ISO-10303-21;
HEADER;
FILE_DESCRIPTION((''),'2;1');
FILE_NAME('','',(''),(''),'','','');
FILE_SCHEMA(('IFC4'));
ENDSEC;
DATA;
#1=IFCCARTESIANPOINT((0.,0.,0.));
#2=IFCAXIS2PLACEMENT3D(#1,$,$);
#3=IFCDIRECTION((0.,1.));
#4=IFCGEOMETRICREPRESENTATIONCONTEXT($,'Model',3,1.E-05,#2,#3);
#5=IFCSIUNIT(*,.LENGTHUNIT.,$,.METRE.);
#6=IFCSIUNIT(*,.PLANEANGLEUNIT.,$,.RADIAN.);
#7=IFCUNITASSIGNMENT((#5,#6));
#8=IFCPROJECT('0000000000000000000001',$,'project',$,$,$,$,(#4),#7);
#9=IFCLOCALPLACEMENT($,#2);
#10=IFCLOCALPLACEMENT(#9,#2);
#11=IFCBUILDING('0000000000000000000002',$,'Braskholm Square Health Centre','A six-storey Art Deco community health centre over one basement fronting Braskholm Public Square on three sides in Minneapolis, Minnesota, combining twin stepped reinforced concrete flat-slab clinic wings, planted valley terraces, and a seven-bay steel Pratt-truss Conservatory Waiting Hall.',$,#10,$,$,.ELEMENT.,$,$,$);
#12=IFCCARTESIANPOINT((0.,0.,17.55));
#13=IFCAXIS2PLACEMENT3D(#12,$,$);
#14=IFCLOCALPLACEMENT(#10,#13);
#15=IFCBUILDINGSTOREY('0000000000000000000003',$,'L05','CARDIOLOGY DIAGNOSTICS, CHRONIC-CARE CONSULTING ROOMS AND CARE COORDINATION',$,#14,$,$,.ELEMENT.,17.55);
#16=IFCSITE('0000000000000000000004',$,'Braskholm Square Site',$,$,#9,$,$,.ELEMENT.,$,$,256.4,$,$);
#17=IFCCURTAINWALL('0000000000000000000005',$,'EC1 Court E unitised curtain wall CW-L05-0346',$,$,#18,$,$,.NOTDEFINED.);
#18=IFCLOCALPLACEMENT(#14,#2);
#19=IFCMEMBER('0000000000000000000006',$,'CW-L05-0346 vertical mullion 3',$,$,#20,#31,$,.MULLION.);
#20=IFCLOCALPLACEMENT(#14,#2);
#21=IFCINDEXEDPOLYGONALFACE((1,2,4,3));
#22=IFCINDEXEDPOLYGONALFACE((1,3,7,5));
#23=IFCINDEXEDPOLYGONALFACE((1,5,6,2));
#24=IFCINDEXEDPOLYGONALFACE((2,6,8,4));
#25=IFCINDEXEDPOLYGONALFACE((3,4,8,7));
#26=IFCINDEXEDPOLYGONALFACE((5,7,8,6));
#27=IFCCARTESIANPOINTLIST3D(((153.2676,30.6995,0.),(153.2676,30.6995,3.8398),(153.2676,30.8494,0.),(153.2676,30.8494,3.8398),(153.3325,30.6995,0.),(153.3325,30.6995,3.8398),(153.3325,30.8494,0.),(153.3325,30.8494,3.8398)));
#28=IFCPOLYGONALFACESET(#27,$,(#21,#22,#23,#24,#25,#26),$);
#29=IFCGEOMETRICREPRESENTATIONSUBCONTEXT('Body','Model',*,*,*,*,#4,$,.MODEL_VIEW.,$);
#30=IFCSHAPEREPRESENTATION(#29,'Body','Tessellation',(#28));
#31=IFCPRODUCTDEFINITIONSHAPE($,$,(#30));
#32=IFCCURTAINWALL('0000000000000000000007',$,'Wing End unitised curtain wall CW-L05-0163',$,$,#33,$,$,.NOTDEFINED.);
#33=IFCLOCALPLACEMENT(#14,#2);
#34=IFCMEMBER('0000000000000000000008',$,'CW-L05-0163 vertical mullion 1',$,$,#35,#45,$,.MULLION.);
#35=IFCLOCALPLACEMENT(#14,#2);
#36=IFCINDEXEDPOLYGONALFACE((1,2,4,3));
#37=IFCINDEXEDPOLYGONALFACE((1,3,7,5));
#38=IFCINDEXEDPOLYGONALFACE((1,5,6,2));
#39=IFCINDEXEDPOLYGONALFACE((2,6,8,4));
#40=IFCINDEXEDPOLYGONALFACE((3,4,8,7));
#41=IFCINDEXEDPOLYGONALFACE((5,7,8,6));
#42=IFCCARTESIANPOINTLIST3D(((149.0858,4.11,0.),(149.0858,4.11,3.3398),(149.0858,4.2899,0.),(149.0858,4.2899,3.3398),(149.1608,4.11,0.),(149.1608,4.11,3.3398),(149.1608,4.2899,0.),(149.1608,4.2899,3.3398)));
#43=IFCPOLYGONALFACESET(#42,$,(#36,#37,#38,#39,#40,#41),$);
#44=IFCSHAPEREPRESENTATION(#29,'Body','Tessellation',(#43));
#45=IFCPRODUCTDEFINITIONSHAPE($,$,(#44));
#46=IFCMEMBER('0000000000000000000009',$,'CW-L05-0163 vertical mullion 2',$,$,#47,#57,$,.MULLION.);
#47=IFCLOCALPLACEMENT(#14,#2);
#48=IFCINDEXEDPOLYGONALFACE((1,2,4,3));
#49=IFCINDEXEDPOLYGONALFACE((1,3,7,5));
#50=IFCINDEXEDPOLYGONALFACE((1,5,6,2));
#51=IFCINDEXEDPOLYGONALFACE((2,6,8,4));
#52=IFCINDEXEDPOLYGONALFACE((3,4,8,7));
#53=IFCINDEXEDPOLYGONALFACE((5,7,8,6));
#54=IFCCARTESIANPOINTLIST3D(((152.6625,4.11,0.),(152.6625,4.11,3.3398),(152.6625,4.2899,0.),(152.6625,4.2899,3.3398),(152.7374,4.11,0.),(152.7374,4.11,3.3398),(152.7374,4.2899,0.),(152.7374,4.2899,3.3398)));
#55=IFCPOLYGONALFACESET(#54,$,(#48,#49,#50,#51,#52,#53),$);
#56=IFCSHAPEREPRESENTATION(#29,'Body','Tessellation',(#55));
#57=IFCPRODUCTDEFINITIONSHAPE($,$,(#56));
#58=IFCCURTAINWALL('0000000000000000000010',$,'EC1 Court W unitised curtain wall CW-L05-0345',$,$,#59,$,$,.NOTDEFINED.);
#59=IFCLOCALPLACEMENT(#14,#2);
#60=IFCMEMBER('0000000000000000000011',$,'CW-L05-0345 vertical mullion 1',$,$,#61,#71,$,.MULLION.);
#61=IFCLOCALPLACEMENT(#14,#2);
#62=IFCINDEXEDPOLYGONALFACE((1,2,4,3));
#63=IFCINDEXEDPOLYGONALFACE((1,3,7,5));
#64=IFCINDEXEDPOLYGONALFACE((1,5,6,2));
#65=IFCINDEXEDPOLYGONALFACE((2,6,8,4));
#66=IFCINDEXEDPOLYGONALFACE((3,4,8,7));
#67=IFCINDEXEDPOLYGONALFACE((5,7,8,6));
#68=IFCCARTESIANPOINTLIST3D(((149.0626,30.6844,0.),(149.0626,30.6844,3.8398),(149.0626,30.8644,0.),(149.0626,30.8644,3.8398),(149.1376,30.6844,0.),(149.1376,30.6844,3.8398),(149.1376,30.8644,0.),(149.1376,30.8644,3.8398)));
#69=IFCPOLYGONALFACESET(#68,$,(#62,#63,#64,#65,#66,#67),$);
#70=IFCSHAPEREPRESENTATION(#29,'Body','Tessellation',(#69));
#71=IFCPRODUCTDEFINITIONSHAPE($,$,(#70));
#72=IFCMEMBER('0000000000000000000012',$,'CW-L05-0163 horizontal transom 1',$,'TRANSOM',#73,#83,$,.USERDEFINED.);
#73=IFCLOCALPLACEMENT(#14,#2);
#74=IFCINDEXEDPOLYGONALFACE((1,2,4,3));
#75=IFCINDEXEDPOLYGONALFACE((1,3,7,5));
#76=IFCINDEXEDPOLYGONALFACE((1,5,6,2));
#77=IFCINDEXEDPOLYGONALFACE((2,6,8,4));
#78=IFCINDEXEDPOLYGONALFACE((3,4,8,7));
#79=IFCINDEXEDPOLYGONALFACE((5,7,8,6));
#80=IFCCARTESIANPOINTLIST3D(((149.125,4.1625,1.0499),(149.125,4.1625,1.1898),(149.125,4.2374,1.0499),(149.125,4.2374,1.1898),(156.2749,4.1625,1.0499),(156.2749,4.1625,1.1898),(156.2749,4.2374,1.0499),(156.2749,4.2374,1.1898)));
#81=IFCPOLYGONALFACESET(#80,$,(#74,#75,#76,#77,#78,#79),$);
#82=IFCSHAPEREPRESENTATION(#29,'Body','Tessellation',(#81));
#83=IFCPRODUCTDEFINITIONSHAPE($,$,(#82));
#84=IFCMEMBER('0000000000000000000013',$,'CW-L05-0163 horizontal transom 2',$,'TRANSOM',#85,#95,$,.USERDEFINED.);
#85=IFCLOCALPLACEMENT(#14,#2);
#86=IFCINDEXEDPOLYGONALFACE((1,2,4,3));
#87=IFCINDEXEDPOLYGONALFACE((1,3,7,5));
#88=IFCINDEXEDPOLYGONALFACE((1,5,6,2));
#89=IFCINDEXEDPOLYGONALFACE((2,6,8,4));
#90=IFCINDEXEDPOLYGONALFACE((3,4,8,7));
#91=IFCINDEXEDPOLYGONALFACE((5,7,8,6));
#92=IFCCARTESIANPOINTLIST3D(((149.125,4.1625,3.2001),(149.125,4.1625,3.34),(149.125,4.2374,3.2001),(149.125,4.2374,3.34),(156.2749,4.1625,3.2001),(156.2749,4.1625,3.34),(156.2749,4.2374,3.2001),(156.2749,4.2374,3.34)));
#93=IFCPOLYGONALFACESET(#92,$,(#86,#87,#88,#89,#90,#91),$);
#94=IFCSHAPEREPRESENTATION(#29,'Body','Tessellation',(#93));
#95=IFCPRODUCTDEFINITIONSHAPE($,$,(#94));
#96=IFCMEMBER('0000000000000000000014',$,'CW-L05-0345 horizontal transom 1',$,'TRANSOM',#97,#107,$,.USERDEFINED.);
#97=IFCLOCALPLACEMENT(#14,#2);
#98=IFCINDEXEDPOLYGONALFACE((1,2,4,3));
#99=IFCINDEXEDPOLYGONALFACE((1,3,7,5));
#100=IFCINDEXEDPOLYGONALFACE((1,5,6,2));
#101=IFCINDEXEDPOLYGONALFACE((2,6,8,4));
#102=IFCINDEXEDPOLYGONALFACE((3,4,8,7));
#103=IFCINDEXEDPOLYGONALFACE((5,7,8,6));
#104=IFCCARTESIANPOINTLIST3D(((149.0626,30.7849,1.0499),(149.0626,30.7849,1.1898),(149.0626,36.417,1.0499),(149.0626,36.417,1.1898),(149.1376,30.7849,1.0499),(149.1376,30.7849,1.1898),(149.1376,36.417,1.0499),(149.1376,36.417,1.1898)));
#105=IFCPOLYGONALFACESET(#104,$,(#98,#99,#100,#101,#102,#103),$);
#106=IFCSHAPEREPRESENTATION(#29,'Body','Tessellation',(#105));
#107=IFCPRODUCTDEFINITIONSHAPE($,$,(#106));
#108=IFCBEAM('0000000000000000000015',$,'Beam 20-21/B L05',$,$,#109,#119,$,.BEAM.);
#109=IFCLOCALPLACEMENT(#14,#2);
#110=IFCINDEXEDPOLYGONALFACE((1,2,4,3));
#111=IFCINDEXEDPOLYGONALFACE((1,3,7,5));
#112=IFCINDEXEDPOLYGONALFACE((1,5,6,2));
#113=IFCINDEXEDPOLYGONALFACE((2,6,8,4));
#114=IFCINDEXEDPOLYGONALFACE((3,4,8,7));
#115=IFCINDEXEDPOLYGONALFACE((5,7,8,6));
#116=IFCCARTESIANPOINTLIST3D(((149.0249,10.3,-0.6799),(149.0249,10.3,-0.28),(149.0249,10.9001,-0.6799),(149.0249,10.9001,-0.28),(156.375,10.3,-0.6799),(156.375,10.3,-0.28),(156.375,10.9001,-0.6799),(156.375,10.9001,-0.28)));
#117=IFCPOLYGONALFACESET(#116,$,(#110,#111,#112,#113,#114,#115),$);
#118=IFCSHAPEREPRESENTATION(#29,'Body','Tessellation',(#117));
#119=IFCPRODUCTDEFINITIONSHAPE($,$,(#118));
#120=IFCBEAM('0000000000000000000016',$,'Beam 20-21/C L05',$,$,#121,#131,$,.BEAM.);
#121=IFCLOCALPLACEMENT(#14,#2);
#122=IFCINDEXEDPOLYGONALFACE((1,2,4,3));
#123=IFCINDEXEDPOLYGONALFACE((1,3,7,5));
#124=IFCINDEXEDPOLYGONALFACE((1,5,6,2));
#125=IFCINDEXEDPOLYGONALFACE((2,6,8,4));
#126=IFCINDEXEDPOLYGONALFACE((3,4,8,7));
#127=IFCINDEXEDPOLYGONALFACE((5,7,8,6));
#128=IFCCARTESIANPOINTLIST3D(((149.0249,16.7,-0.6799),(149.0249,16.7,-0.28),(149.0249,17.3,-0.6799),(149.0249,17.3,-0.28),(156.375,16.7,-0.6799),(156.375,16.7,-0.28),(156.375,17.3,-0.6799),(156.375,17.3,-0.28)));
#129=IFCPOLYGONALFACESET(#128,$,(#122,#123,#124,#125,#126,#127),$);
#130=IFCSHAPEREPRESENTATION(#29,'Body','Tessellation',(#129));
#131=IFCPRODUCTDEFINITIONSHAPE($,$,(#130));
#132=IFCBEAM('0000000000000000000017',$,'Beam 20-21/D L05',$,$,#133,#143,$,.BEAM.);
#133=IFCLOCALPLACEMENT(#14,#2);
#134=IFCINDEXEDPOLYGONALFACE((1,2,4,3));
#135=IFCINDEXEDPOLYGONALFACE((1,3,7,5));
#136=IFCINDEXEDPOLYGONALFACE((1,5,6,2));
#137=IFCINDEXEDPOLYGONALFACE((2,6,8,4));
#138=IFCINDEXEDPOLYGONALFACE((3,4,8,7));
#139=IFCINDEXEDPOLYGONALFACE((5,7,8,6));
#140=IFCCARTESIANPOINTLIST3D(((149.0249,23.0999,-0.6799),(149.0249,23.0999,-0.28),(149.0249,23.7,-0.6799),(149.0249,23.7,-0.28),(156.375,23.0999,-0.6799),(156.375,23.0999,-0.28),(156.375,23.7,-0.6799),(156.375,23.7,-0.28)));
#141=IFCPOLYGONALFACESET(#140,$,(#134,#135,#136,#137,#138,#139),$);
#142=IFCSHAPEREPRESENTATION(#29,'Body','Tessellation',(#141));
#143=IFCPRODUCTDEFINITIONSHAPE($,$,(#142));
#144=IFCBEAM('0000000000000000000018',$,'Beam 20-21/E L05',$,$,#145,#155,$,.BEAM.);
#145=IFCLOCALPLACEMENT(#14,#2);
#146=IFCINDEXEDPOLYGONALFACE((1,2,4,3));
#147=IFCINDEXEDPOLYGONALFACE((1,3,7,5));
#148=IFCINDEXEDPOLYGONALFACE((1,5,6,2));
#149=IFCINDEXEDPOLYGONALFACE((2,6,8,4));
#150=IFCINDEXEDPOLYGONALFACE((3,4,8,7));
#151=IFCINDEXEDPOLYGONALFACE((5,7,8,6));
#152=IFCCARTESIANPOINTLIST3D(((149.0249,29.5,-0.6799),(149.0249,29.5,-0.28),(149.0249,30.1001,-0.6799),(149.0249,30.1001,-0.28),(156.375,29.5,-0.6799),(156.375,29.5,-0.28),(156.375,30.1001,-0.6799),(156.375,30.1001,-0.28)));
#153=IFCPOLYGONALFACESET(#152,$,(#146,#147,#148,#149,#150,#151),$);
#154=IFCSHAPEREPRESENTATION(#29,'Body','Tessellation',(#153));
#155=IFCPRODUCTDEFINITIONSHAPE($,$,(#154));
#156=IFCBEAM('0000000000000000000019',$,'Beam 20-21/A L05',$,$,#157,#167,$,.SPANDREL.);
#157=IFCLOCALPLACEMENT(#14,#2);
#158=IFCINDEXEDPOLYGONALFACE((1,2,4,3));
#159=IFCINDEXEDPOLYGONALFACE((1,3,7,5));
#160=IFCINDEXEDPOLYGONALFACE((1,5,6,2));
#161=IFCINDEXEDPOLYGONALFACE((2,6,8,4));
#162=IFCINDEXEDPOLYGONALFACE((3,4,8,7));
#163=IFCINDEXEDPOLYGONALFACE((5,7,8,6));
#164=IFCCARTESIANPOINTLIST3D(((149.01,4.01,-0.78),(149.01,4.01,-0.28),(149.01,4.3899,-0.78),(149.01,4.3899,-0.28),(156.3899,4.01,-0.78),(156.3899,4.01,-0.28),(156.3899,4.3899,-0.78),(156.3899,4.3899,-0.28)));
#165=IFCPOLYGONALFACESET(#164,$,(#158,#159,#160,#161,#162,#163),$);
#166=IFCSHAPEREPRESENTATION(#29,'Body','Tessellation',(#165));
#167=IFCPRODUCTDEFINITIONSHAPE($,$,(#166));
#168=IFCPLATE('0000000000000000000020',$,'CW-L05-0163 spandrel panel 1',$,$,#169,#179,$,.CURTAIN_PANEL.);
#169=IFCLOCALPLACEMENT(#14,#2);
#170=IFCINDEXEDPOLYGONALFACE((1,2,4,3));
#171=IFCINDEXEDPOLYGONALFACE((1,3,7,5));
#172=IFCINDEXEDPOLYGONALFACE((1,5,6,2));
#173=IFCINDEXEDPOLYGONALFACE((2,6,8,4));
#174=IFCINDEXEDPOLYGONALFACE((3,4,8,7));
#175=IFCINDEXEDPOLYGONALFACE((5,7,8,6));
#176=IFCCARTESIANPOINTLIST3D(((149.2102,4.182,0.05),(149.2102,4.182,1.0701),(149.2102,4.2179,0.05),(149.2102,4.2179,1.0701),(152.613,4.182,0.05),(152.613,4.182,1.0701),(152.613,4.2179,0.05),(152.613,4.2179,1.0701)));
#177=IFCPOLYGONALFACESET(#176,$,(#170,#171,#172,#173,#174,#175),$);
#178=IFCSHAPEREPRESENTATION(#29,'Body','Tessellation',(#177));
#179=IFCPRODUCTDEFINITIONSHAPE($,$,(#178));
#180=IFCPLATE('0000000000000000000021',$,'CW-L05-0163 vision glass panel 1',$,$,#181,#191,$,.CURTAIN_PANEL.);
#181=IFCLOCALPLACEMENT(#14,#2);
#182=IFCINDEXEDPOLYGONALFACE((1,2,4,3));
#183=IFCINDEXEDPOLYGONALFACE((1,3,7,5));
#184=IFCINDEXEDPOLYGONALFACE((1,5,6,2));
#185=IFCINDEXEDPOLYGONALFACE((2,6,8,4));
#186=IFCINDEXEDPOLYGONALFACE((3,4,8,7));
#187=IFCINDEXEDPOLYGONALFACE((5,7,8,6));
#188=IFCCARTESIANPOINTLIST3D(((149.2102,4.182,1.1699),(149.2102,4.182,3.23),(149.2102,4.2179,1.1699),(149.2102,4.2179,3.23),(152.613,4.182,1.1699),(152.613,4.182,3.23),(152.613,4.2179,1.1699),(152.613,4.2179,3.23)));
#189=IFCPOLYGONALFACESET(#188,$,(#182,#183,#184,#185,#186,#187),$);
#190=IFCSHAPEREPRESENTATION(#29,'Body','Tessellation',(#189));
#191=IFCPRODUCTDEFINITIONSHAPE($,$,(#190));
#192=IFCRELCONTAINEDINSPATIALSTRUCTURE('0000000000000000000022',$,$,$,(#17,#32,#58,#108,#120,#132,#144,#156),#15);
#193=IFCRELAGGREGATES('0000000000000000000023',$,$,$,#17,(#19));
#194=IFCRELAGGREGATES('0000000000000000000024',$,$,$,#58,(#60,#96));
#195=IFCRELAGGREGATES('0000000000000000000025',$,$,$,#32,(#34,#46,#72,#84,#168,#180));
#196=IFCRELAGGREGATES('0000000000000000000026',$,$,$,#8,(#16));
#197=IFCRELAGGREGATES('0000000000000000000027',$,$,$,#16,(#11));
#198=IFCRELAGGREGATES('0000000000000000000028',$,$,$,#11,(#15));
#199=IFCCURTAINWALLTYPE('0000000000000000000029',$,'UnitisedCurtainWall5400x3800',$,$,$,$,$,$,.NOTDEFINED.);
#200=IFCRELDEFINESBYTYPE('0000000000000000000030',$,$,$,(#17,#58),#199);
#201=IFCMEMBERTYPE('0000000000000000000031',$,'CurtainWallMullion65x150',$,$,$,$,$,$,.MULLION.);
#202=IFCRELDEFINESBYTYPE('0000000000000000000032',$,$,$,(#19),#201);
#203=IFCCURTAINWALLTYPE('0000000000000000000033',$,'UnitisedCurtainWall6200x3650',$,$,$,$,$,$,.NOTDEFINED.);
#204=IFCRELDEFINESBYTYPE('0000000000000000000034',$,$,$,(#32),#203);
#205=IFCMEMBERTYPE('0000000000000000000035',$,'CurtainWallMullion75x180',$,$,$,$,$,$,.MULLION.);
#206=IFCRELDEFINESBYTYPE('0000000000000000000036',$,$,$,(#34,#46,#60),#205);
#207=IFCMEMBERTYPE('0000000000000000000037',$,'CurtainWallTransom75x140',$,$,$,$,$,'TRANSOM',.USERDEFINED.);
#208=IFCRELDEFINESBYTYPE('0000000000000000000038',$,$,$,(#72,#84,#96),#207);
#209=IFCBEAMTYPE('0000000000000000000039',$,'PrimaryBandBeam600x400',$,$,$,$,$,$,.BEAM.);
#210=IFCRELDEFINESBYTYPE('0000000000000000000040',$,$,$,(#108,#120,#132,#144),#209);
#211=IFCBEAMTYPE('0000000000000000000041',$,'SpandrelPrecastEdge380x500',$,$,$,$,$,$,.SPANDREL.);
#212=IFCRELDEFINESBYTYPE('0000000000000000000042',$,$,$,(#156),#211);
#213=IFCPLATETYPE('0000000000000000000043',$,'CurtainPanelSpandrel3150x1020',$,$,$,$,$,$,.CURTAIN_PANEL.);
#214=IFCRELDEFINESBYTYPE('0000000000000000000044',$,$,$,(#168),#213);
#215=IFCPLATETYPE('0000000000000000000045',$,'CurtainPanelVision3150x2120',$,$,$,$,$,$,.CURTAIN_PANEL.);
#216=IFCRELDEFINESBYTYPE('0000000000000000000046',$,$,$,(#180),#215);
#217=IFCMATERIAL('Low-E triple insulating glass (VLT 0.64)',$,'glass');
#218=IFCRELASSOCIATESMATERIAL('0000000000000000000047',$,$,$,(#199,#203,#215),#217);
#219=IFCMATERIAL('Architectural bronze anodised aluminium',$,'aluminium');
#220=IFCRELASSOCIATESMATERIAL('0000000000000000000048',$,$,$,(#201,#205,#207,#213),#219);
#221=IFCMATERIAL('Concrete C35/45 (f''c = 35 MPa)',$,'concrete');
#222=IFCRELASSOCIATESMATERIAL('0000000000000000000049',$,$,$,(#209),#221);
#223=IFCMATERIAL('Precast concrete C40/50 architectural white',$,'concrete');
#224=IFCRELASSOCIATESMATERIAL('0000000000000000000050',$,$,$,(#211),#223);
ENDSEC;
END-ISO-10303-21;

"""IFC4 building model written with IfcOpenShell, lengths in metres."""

from ifc_helpers import new_model, si_unit, direction, frame, origin, origin_2d, place, context, subcontext, project, spatial, rectangle, extrude, material, material_profile, profile_set, type_object, element, aggregate, save


model = new_model("IFC4")

# Units and contexts
model_context = context("Model", 3, precision=1e-05, world=origin(), true_north=direction((0.0, 1.0)))
body_context = subcontext(model_context, "Body", "Model", "MODEL_VIEW")
ifc_project = project(units=[si_unit("LENGTHUNIT", "METRE"), si_unit("PLANEANGLEUNIT", "RADIAN")], contexts=[model_context])

# Site, building, storey
site_placement = place(None, origin())
site = spatial("IfcSite", under=ifc_project, at=site_placement, Name="Braskholm Square Site", CompositionType="ELEMENT", RefElevation=256.4)
building_placement = place(site_placement, origin())
building = spatial("IfcBuilding", under=site, at=building_placement, Name="Braskholm Square Health Centre", Description="A six-storey Art Deco community health centre over one basement fronting Braskholm Public Square on three sides in Minneapolis, Minnesota, combining twin stepped reinforced concrete flat-slab clinic wings, planted valley terraces, and a seven-bay steel Pratt-truss Conservatory Waiting Hall.", CompositionType="ELEMENT")
storey_placement = place(building_placement, frame((0.0, 0.0, 17.55)))
storey = spatial("IfcBuildingStorey", under=building, at=storey_placement, Name="L05", Description="CARDIOLOGY DIAGNOSTICS, CHRONIC-CARE CONSULTING ROOMS AND CARE COORDINATION", CompositionType="ELEMENT", Elevation=17.55)

# Curtain wall, member
ifc_material_1 = material(Name="Low-E triple insulating glass (VLT 0.64)", Category="glass")
curtain_wall_type_1 = type_object("IfcCurtainWallType", Name="UnitisedCurtainWall5400x3800", PredefinedType="NOTDEFINED", material=ifc_material_1)
curtain_wall_1_placement = place(storey_placement, origin())
curtain_wall_1 = element("IfcCurtainWall", 1, at=curtain_wall_1_placement, inside=storey, type_object=curtain_wall_type_1, Name="EC1 Court E unitised curtain wall CW-L05-0346", PredefinedType="NOTDEFINED")
ifc_material_2 = material(Name="Architectural bronze anodised aluminium", Category="aluminium")
ifc_material_profile_1 = material_profile(ifc_material_2, rectangle(XDim=0.0649, YDim=0.1499, at=origin_2d()), Name="ALU-65X150")
ifc_profile_set_1 = profile_set([ifc_material_profile_1], Name="Architectural bronze anodised aluminium")
member_type_1 = type_object("IfcMemberType", Name="CurtainWallMullion65x150", PredefinedType="MULLION", material=ifc_profile_set_1)
member_1_placement = place(storey_placement, frame((153.3, 30.7744, 0.0), z_axis=(0.0, 0.0, 1.0), x_axis=(1.0, 0.0, 0.0)))
member_1 = element("IfcMember", 2, at=member_1_placement, type_object=member_type_1, Name="CW-L05-0346 vertical mullion 3", PredefinedType="MULLION", context=body_context, shape_type="SweptSolid", body=[
    extrude(rectangle(XDim=0.0649, YDim=0.1499, at=origin_2d()), origin(), (0.0, 0.0, 1.0), 3.8398),
])
aggregate(curtain_wall_1, [member_1])

# Curtain wall, members
curtain_wall_type_2 = type_object("IfcCurtainWallType", Name="UnitisedCurtainWall6200x3650", PredefinedType="NOTDEFINED", material=ifc_material_1)
curtain_wall_2_placement = place(storey_placement, origin())
curtain_wall_2 = element("IfcCurtainWall", 3, at=curtain_wall_2_placement, inside=storey, type_object=curtain_wall_type_2, Name="Wing End unitised curtain wall CW-L05-0163", PredefinedType="NOTDEFINED")
ifc_material_profile_2 = material_profile(ifc_material_2, rectangle(XDim=0.075, YDim=0.1799, at=origin_2d()), Name="ALU-75X180")
ifc_profile_set_2 = profile_set([ifc_material_profile_2], Name="Architectural bronze anodised aluminium")
member_type_2 = type_object("IfcMemberType", Name="CurtainWallMullion75x180", PredefinedType="MULLION", material=ifc_profile_set_2)
member_2_placement = place(storey_placement, frame((149.1233, 4.2, 0.0), z_axis=(0.0, 0.0, 1.0), x_axis=(1.0, 0.0, 0.0)))
member_2 = element("IfcMember", 4, at=member_2_placement, type_object=member_type_2, Name="CW-L05-0163 vertical mullion 1", PredefinedType="MULLION", context=body_context, shape_type="SweptSolid", body=[
    extrude(rectangle(XDim=0.075, YDim=0.1799, at=origin_2d()), origin(), (0.0, 0.0, 1.0), 3.3398),
])
member_3_placement = place(storey_placement, frame((152.7, 4.2, 0.0), z_axis=(0.0, 0.0, 1.0), x_axis=(1.0, 0.0, 0.0)))
member_3 = element("IfcMember", 5, at=member_3_placement, type_object=member_type_2, Name="CW-L05-0163 vertical mullion 2", PredefinedType="MULLION", context=body_context, shape_type="SweptSolid", body=[
    extrude(rectangle(XDim=0.075, YDim=0.1799, at=origin_2d()), origin(), (0.0, 0.0, 1.0), 3.3398),
])

# Curtain wall, member
curtain_wall_3_placement = place(storey_placement, origin())
curtain_wall_3 = element("IfcCurtainWall", 6, at=curtain_wall_3_placement, inside=storey, type_object=curtain_wall_type_1, Name="EC1 Court W unitised curtain wall CW-L05-0345", PredefinedType="NOTDEFINED")
member_4_placement = place(storey_placement, frame((149.1001, 30.7744, 0.0), z_axis=(0.0, 0.0, 1.0), x_axis=(1.0, 0.0, 0.0)))
member_4 = element("IfcMember", 7, at=member_4_placement, type_object=member_type_2, Name="CW-L05-0345 vertical mullion 1", PredefinedType="MULLION", context=body_context, shape_type="SweptSolid", body=[
    extrude(rectangle(XDim=0.075, YDim=0.1799, at=origin_2d()), origin(), (0.0, 0.0, 1.0), 3.8398),
])

# Members
ifc_material_profile_3 = material_profile(ifc_material_2, rectangle(XDim=0.075, YDim=0.1399, at=origin_2d()), Name="ALU-75X140")
ifc_profile_set_3 = profile_set([ifc_material_profile_3], Name="Architectural bronze anodised aluminium")
member_type_3 = type_object("IfcMemberType", Name="CurtainWallTransom75x140", ElementType="TRANSOM", PredefinedType="USERDEFINED", material=ifc_profile_set_3)
member_5_placement = place(storey_placement, frame((149.125, 4.2, 1.1199), z_axis=(1.0, 0.0, 0.0), x_axis=(0.0, 1.0, 0.0)))
member_5 = element("IfcMember", 8, at=member_5_placement, type_object=member_type_3, Name="CW-L05-0163 horizontal transom 1", ObjectType="TRANSOM", PredefinedType="USERDEFINED", context=body_context, shape_type="SweptSolid", body=[
    extrude(rectangle(XDim=0.075, YDim=0.1399, at=origin_2d()), origin(), (0.0, 0.0, 1.0), 7.1499),
])
member_6_placement = place(storey_placement, frame((149.125, 4.2, 3.27), z_axis=(1.0, 0.0, 0.0), x_axis=(0.0, 1.0, 0.0)))
member_6 = element("IfcMember", 9, at=member_6_placement, type_object=member_type_3, Name="CW-L05-0163 horizontal transom 2", ObjectType="TRANSOM", PredefinedType="USERDEFINED", context=body_context, shape_type="SweptSolid", body=[
    extrude(rectangle(XDim=0.075, YDim=0.1399, at=origin_2d()), origin(), (0.0, 0.0, 1.0), 7.1499),
])
member_7_placement = place(storey_placement, frame((149.1001, 30.7849, 1.1199), z_axis=(0.0, 1.0, 0.0), x_axis=(-1.0, 0.0, 0.0)))
member_7 = element("IfcMember", 10, at=member_7_placement, type_object=member_type_3, Name="CW-L05-0345 horizontal transom 1", ObjectType="TRANSOM", PredefinedType="USERDEFINED", context=body_context, shape_type="SweptSolid", body=[
    extrude(rectangle(XDim=0.075, YDim=0.1399, at=origin_2d()), origin(), (0.0, 0.0, 1.0), 5.6321),
])
aggregate(curtain_wall_3, [member_4, member_7])

# Beams
ifc_material_3 = material(Name="Concrete C35/45 (f'c = 35 MPa)", Category="concrete")
ifc_material_profile_4 = material_profile(ifc_material_3, rectangle(XDim=0.6001, YDim=0.3999, at=origin_2d()), Name="RCB-600X400")
ifc_profile_set_4 = profile_set([ifc_material_profile_4], Name="Concrete C35/45 (f'c = 35 MPa)")
beam_type_1 = type_object("IfcBeamType", Name="PrimaryBandBeam600x400", PredefinedType="BEAM", material=ifc_profile_set_4)
for number, where, z_axis, x_axis, name in (
    (11, (149.0249, 10.6001, -0.48), (1.0, 0.0, 0.0), (0.0, 1.0, 0.0), "Beam 20-21/B L05"),
    (12, (149.0249, 17.0, -0.48), (1.0, 0.0, 0.0), (0.0, 1.0, 0.0), "Beam 20-21/C L05"),
    (13, (149.0249, 23.3999, -0.48), (1.0, 0.0, 0.0), (0.0, 1.0, 0.0), "Beam 20-21/D L05"),
    (14, (149.0249, 29.8, -0.48), (1.0, 0.0, 0.0), (0.0, 1.0, 0.0), "Beam 20-21/E L05"),
):
    element("IfcBeam", number, at=place(storey_placement, frame(where, z_axis=z_axis, x_axis=x_axis)), inside=storey, type_object=beam_type_1, Name=name, PredefinedType="BEAM", context=body_context, shape_type="SweptSolid", body=[
        extrude(rectangle(XDim=0.6001, YDim=0.3999, at=origin_2d()), origin(), (0.0, 0.0, 1.0), 7.3501),
    ])
ifc_material_4 = material(Name="Precast concrete C40/50 architectural white", Category="concrete")
ifc_material_profile_5 = material_profile(ifc_material_4, rectangle(XDim=0.3799, YDim=0.5, at=origin_2d()), Name="RCB-380X500")
ifc_profile_set_5 = profile_set([ifc_material_profile_5], Name="Precast concrete C40/50 architectural white")
beam_type_2 = type_object("IfcBeamType", Name="SpandrelPrecastEdge380x500", PredefinedType="SPANDREL", material=ifc_profile_set_5)
beam_placement = place(storey_placement, frame((149.01, 4.2, -0.53), z_axis=(1.0, 0.0, 0.0), x_axis=(0.0, 1.0, 0.0)))
element("IfcBeam", 15, at=beam_placement, inside=storey, type_object=beam_type_2, Name="Beam 20-21/A L05", PredefinedType="SPANDREL", context=body_context, shape_type="SweptSolid", body=[
    extrude(rectangle(XDim=0.3799, YDim=0.5, at=origin_2d()), origin(), (0.0, 0.0, 1.0), 7.3799),
])

# Plates
plate_type_1 = type_object("IfcPlateType", Name="CurtainPanelSpandrel3150x1020", PredefinedType="CURTAIN_PANEL", material=ifc_material_2)
plate_1_placement = place(storey_placement, frame((150.9116, 4.2, 0.05), z_axis=(0.0, 0.0, 1.0), x_axis=(1.0, 0.0, 0.0)))
plate_1 = element("IfcPlate", 16, at=plate_1_placement, type_object=plate_type_1, Name="CW-L05-0163 spandrel panel 1", PredefinedType="CURTAIN_PANEL", context=body_context, shape_type="SweptSolid", body=[
    extrude(rectangle(XDim=3.4028, YDim=0.0359, at=origin_2d()), origin(), (0.0, 0.0, 1.0), 1.02),
])
plate_type_2 = type_object("IfcPlateType", Name="CurtainPanelVision3150x2120", PredefinedType="CURTAIN_PANEL", material=ifc_material_1)
plate_2_placement = place(storey_placement, frame((150.9116, 4.2, 1.1699), z_axis=(0.0, 0.0, 1.0), x_axis=(1.0, 0.0, 0.0)))
plate_2 = element("IfcPlate", 17, at=plate_2_placement, type_object=plate_type_2, Name="CW-L05-0163 vision glass panel 1", PredefinedType="CURTAIN_PANEL", context=body_context, shape_type="SweptSolid", body=[
    extrude(rectangle(XDim=3.4028, YDim=0.0359, at=origin_2d()), origin(), (0.0, 0.0, 1.0), 2.0601),
])
aggregate(curtain_wall_2, [member_2, member_3, member_5, member_6, plate_1, plate_2])

save(model, "model.ifc")
